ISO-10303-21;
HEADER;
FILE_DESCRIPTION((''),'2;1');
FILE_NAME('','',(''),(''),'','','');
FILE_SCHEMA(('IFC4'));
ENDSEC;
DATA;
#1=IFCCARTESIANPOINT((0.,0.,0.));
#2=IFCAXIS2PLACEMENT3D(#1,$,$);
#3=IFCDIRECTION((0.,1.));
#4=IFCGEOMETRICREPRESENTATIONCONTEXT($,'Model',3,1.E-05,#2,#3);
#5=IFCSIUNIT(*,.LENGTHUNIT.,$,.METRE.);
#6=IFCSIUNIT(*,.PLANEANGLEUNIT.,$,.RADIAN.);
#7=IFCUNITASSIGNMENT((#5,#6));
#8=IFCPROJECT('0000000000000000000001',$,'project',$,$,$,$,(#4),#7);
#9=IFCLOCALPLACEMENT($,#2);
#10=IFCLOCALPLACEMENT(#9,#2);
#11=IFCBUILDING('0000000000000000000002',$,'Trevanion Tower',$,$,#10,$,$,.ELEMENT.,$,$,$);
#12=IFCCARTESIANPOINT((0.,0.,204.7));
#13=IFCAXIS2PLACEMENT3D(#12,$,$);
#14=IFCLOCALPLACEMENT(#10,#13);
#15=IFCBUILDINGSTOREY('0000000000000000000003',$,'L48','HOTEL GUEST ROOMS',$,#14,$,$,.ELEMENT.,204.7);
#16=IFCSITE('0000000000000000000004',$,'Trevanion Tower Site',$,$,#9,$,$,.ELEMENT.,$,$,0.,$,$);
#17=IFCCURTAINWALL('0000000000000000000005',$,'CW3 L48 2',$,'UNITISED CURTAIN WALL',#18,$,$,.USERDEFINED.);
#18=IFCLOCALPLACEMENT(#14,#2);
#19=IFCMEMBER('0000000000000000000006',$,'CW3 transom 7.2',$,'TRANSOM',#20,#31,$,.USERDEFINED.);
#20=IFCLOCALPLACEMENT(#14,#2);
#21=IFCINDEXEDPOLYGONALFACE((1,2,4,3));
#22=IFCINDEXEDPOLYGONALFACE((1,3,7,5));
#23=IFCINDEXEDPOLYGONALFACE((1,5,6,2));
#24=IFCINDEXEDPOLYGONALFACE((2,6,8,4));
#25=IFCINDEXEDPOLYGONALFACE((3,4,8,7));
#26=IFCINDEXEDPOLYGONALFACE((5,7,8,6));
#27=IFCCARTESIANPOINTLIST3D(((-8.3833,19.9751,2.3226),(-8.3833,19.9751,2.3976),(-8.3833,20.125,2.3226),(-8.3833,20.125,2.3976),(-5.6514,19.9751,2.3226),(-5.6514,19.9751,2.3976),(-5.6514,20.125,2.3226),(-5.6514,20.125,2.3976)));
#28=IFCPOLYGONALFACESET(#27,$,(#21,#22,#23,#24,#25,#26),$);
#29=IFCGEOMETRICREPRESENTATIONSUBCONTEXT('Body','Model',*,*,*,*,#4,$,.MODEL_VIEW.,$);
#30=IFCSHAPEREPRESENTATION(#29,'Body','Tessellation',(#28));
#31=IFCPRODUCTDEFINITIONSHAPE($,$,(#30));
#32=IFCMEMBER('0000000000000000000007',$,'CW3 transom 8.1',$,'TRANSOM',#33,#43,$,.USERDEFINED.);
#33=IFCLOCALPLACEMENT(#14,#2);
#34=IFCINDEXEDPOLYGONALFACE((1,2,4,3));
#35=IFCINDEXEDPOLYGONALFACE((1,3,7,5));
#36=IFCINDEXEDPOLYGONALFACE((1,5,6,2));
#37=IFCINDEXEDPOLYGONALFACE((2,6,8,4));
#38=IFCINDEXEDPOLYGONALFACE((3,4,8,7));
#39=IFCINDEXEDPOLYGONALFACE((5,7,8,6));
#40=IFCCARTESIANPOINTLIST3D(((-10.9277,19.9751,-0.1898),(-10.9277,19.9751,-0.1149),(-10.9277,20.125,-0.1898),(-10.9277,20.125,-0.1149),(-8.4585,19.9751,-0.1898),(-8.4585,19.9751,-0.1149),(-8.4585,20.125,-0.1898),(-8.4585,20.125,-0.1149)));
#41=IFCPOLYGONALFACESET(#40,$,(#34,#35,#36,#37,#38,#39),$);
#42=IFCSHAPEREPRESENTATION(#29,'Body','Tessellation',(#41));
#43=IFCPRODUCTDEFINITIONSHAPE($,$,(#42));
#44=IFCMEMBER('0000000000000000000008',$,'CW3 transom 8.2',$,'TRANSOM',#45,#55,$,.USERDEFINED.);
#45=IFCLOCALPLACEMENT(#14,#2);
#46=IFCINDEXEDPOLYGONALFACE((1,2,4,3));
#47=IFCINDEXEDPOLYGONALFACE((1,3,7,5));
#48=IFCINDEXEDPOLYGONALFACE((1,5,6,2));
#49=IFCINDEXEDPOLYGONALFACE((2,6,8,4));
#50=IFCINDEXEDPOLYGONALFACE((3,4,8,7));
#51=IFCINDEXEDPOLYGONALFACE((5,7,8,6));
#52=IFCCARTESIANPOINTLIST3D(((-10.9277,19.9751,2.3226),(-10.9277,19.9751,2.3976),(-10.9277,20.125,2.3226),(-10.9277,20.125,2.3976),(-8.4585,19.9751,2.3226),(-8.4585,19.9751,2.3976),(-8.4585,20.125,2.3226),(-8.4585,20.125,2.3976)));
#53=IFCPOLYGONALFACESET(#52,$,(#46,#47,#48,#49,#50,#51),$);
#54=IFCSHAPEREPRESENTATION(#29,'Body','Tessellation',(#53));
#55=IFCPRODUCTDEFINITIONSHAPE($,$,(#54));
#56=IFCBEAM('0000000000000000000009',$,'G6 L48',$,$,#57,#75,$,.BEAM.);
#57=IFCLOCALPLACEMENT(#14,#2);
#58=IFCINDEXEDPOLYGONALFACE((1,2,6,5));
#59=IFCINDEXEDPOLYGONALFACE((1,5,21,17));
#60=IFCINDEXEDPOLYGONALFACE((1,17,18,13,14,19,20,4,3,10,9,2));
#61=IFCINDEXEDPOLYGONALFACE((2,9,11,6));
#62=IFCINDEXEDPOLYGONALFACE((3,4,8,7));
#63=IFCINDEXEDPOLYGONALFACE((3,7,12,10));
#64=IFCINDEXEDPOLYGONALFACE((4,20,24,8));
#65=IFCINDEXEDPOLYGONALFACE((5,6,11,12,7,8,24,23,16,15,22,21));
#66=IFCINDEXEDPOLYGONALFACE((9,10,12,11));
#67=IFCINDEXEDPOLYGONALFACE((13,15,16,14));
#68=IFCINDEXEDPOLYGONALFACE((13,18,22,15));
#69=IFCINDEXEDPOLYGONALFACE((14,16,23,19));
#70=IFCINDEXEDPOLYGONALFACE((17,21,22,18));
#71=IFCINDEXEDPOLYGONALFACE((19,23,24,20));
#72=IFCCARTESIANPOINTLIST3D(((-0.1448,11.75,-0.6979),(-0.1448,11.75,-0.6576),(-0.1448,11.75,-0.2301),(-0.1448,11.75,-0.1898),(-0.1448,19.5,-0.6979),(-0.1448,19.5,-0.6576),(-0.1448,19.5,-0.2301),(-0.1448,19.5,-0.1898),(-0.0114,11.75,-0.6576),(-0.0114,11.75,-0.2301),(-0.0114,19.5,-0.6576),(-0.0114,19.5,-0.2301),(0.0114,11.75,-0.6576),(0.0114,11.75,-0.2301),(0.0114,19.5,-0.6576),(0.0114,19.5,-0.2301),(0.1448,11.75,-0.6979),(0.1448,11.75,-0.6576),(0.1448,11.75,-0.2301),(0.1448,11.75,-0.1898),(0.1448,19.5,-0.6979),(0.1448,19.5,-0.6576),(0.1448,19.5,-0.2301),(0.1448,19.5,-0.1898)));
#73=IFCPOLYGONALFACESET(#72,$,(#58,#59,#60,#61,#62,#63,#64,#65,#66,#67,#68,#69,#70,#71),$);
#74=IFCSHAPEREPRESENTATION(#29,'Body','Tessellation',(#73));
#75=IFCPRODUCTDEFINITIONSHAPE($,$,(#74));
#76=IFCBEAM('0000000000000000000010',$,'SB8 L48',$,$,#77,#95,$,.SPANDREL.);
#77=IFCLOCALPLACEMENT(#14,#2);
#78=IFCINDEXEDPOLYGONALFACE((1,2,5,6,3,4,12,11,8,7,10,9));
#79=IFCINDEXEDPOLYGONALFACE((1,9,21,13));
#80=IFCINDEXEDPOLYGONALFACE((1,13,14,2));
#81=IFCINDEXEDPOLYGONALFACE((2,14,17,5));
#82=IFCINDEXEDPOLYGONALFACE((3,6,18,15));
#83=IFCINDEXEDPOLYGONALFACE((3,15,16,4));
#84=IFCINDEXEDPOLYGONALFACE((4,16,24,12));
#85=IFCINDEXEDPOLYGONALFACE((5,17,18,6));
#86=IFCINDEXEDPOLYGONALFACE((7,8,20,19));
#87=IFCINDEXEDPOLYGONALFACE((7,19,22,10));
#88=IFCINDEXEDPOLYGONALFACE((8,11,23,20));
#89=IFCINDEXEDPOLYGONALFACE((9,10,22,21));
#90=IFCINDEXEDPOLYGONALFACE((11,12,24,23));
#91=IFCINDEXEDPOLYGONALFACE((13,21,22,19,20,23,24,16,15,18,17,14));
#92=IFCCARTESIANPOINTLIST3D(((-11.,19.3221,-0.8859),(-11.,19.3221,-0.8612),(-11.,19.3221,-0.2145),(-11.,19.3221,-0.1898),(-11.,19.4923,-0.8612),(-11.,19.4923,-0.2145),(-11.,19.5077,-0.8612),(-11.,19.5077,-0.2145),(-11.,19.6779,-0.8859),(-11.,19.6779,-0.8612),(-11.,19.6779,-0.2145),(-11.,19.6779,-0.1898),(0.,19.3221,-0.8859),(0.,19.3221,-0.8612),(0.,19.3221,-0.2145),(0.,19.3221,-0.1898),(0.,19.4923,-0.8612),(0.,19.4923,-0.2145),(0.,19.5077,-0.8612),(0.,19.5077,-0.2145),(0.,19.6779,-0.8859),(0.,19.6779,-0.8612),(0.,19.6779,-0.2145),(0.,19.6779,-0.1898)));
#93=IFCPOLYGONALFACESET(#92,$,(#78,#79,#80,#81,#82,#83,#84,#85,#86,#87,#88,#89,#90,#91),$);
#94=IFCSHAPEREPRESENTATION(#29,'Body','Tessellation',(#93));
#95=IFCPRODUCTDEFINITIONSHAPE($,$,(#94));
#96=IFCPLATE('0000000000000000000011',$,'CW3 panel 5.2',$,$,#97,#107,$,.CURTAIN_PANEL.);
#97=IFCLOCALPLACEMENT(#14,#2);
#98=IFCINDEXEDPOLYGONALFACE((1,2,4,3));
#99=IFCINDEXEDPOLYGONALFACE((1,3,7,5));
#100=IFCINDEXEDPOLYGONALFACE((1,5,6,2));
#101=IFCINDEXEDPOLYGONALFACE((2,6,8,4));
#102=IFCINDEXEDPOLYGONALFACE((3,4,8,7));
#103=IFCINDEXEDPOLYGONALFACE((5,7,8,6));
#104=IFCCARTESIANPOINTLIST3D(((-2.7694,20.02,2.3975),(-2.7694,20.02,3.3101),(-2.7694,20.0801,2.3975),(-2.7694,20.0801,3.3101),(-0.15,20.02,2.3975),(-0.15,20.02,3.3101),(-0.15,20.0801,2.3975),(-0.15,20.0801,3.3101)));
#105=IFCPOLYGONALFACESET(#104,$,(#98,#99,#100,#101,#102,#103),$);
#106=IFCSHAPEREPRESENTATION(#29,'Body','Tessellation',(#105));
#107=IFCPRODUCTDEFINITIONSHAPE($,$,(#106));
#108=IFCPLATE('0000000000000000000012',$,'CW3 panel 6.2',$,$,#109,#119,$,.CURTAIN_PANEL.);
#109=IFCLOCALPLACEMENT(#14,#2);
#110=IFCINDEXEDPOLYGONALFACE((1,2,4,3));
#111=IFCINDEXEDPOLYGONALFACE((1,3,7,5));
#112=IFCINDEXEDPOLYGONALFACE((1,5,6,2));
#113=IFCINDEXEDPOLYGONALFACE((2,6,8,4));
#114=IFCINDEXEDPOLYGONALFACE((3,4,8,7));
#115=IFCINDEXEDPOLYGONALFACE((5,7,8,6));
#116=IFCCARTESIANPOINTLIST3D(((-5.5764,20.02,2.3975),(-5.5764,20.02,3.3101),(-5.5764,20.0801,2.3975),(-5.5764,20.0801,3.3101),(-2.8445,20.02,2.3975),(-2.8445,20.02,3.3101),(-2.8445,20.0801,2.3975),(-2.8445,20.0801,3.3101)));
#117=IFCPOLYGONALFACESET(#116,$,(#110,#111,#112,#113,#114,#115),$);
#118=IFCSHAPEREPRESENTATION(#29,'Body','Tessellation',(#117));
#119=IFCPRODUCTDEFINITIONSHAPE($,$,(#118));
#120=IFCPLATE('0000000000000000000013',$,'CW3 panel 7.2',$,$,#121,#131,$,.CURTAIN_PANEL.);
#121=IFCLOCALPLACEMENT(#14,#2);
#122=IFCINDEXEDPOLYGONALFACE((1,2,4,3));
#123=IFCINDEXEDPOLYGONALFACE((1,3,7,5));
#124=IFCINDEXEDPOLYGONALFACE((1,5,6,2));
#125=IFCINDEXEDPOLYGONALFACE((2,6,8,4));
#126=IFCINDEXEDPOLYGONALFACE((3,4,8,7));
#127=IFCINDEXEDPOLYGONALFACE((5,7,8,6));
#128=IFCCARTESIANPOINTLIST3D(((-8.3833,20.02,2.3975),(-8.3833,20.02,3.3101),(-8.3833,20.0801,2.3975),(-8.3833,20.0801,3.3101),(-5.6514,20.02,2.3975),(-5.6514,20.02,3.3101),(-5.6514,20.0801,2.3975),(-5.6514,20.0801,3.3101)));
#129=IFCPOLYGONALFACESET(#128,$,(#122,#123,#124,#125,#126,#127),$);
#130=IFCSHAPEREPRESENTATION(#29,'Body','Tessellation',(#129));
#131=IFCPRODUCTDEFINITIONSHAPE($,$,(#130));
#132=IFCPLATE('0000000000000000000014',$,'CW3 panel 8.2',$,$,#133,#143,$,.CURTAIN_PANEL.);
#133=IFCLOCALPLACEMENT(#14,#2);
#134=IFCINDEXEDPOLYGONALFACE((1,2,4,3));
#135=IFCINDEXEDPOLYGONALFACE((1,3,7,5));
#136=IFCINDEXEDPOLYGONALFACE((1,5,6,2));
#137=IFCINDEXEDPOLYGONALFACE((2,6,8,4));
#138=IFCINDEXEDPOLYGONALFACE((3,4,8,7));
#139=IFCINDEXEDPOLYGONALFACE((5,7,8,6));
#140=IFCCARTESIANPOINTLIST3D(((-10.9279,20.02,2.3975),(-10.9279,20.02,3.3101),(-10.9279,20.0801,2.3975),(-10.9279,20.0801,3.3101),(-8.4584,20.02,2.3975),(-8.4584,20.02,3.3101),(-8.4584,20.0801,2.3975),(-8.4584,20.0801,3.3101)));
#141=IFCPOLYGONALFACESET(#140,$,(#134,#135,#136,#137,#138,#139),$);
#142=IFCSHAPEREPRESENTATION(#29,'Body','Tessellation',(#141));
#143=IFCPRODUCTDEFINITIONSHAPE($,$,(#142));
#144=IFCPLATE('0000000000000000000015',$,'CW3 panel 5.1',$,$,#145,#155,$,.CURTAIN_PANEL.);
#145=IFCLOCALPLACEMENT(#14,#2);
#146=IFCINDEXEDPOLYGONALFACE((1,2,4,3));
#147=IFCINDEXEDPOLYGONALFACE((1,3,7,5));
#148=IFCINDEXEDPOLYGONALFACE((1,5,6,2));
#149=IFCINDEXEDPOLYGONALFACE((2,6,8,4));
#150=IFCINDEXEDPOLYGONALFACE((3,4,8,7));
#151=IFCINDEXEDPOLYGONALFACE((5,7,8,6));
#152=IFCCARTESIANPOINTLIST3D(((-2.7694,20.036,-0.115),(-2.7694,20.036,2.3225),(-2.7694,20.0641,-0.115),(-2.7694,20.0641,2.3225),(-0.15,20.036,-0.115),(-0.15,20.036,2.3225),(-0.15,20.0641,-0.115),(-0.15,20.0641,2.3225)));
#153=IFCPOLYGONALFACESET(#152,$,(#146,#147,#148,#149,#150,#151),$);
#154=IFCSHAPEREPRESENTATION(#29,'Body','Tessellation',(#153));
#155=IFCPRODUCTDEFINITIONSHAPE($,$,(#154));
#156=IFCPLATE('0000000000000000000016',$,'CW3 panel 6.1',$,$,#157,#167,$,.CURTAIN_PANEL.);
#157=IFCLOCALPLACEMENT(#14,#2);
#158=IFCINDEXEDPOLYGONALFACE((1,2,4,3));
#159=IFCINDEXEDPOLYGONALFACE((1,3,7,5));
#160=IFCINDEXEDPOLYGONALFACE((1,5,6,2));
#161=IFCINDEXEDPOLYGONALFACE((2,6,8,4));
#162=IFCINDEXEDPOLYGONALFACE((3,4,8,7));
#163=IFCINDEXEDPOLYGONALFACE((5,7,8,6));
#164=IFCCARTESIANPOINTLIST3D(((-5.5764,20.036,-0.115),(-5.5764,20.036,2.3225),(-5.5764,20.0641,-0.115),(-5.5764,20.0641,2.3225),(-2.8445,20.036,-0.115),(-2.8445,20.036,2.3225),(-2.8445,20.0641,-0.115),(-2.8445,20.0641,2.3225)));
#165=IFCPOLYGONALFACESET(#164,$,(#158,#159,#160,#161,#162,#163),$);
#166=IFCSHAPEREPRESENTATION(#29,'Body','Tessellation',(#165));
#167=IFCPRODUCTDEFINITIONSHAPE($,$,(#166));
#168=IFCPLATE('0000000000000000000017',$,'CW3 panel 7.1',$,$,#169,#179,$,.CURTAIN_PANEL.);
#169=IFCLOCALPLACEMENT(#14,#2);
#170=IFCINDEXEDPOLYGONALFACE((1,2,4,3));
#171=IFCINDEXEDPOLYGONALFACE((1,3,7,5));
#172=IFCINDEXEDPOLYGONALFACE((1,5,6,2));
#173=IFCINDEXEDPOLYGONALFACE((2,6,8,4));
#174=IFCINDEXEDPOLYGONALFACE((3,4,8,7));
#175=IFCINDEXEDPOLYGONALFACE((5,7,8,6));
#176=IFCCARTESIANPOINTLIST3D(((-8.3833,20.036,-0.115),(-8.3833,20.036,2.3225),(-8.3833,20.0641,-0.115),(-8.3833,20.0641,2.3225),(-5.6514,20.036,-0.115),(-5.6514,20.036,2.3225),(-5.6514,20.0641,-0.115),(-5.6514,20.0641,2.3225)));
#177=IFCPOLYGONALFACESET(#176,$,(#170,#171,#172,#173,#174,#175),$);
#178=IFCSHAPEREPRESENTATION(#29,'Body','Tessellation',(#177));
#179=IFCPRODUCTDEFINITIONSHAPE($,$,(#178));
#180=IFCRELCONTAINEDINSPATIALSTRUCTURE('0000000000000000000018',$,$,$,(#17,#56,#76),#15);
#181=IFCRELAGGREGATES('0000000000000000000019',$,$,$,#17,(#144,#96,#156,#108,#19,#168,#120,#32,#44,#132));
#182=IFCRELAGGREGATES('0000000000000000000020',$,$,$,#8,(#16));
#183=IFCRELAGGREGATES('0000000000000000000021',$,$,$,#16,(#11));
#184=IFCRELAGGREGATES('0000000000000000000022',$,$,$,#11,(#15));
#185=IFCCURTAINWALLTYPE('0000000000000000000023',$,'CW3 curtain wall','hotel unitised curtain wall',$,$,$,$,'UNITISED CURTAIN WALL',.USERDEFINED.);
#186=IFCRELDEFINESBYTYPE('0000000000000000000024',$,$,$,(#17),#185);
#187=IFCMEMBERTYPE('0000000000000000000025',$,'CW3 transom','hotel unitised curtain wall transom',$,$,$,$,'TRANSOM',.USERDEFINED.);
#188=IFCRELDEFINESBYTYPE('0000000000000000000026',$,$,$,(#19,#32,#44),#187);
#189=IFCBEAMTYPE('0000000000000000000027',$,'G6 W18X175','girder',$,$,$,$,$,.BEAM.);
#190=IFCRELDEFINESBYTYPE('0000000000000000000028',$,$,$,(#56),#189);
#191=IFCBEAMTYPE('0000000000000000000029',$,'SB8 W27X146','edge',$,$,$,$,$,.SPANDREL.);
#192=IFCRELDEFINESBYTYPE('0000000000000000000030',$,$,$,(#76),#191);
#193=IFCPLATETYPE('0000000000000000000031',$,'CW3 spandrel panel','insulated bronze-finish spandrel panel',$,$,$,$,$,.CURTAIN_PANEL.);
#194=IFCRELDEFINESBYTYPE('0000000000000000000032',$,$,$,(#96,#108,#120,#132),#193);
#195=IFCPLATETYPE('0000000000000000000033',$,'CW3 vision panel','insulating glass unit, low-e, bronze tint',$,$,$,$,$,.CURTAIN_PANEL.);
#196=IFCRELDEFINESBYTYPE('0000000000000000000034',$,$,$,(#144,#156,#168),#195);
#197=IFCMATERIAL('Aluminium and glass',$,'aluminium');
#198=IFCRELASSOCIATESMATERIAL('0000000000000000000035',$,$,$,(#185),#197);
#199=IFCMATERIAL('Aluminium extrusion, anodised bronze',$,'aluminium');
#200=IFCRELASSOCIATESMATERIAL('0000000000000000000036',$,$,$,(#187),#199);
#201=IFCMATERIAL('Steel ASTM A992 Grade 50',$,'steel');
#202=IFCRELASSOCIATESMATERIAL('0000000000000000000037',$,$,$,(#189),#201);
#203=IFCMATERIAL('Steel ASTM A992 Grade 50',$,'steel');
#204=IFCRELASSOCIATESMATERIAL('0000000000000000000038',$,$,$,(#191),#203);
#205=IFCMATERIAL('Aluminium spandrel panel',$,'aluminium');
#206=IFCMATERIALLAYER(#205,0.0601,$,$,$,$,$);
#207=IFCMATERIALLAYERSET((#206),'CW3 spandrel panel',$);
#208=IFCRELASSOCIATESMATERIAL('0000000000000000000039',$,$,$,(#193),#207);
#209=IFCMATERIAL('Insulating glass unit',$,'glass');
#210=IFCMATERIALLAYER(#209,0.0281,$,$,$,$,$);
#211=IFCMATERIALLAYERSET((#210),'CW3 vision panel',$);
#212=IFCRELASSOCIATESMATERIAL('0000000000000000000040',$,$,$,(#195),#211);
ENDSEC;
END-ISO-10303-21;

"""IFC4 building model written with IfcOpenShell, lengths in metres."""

from ifc_helpers import new_model, si_unit, direction, frame, origin, origin_2d, place, context, subcontext, project, spatial, rectangle, i_section, extrude, material, layer, layer_set, material_profile, profile_set, type_object, element, aggregate, save


model = new_model("IFC4")

# Units and contexts
model_context = context("Model", 3, precision=1e-05, world=origin(), true_north=direction((0.0, 1.0)))
body_context = subcontext(model_context, "Body", "Model", "MODEL_VIEW")
ifc_project = project(units=[si_unit("LENGTHUNIT", "METRE"), si_unit("PLANEANGLEUNIT", "RADIAN")], contexts=[model_context])

# Site, building, storey
site_placement = place(None, origin())
site = spatial("IfcSite", under=ifc_project, at=site_placement, Name="Trevanion Tower Site", CompositionType="ELEMENT", RefElevation=0.0)
building_placement = place(site_placement, origin())
building = spatial("IfcBuilding", under=site, at=building_placement, Name="Trevanion Tower", CompositionType="ELEMENT")
storey_placement = place(building_placement, frame((0.0, 0.0, 204.7)))
storey = spatial("IfcBuildingStorey", under=building, at=storey_placement, Name="L48", Description="HOTEL GUEST ROOMS", CompositionType="ELEMENT", Elevation=204.7)

# Curtain wall, members
ifc_material_1 = material(Name="Aluminium and glass", Category="aluminium")
curtain_wall_type = type_object("IfcCurtainWallType", Name="CW3 curtain wall", Description="hotel unitised curtain wall", ElementType="UNITISED CURTAIN WALL", PredefinedType="USERDEFINED", material=ifc_material_1)
curtain_wall_placement = place(storey_placement, origin())
curtain_wall = element("IfcCurtainWall", 1, at=curtain_wall_placement, inside=storey, type_object=curtain_wall_type, Name="CW3 L48 2", ObjectType="UNITISED CURTAIN WALL", PredefinedType="USERDEFINED")
ifc_material_2 = material(Name="Aluminium extrusion, anodised bronze", Category="aluminium")
ifc_material_profile_1 = material_profile(ifc_material_2, rectangle(XDim=0.1499, YDim=0.075, at=origin_2d()), Name="CW3 transom")
ifc_profile_set_1 = profile_set([ifc_material_profile_1], Name="Aluminium extrusion, anodised bronze")
member_type_1 = type_object("IfcMemberType", Name="CW3 transom", Description="hotel unitised curtain wall transom", ElementType="TRANSOM", PredefinedType="USERDEFINED", material=ifc_profile_set_1)
member_1_placement = place(storey_placement, frame((-5.6514, 20.05, 2.3601), z_axis=(-1.0, 0.0, 0.0), x_axis=(0.0, -1.0, 0.0)))
member_1 = element("IfcMember", 2, at=member_1_placement, type_object=member_type_1, Name="CW3 transom 7.2", ObjectType="TRANSOM", PredefinedType="USERDEFINED", context=body_context, shape_type="SweptSolid", body=[
    extrude(rectangle(XDim=0.1499, YDim=0.075, at=origin_2d()), origin(), (0.0, 0.0, 1.0), 2.7319),
])
member_2_placement = place(storey_placement, frame((-8.4585, 20.05, -0.1523), z_axis=(-1.0, 0.0, 0.0), x_axis=(0.0, -1.0, 0.0)))
member_2 = element("IfcMember", 3, at=member_2_placement, type_object=member_type_1, Name="CW3 transom 8.1", ObjectType="TRANSOM", PredefinedType="USERDEFINED", context=body_context, shape_type="SweptSolid", body=[
    extrude(rectangle(XDim=0.1499, YDim=0.075, at=origin_2d()), origin(), (0.0, 0.0, 1.0), 2.4692),
])
member_3_placement = place(storey_placement, frame((-8.4585, 20.05, 2.3601), z_axis=(-1.0, 0.0, 0.0), x_axis=(0.0, -1.0, 0.0)))
member_3 = element("IfcMember", 4, at=member_3_placement, type_object=member_type_1, Name="CW3 transom 8.2", ObjectType="TRANSOM", PredefinedType="USERDEFINED", context=body_context, shape_type="SweptSolid", body=[
    extrude(rectangle(XDim=0.1499, YDim=0.075, at=origin_2d()), origin(), (0.0, 0.0, 1.0), 2.4692),
])

# Beams
ifc_material_3 = material(Name="Steel ASTM A992 Grade 50", Category="steel")
ifc_material_profile_2 = material_profile(ifc_material_3, i_section(OverallWidth=0.2896, OverallDepth=0.5081, WebThickness=0.0227, FlangeThickness=0.0403, at=origin_2d()), Name="W18X175")
ifc_profile_set_2 = profile_set([ifc_material_profile_2], Name="Steel ASTM A992 Grade 50")
beam_type_1 = type_object("IfcBeamType", Name="G6 W18X175", Description="girder", PredefinedType="BEAM", material=ifc_profile_set_2)
beam_1_placement = place(storey_placement, frame((0.0, 11.75, -0.4438), z_axis=(0.0, 1.0, 0.0), x_axis=(-1.0, 0.0, 0.0)))
element("IfcBeam", 5, at=beam_1_placement, inside=storey, type_object=beam_type_1, Name="G6 L48", PredefinedType="BEAM", context=body_context, shape_type="SweptSolid", body=[
    extrude(i_section(OverallWidth=0.2896, OverallDepth=0.5081, WebThickness=0.0227, FlangeThickness=0.0403, at=origin_2d()), origin(), (0.0, 0.0, 1.0), 7.75),
])
ifc_material_4 = material(Name="Steel ASTM A992 Grade 50", Category="steel")
ifc_material_profile_3 = material_profile(ifc_material_4, i_section(OverallWidth=0.3557, OverallDepth=0.696, WebThickness=0.0154, FlangeThickness=0.0247, at=origin_2d()), Name="W27X146")
ifc_profile_set_3 = profile_set([ifc_material_profile_3], Name="Steel ASTM A992 Grade 50")
beam_type_2 = type_object("IfcBeamType", Name="SB8 W27X146", Description="edge", PredefinedType="SPANDREL", material=ifc_profile_set_3)
beam_2_placement = place(storey_placement, frame((0.0, 19.5, -0.5378), z_axis=(-1.0, 0.0, 0.0), x_axis=(0.0, -1.0, 0.0)))
element("IfcBeam", 6, at=beam_2_placement, inside=storey, type_object=beam_type_2, Name="SB8 L48", PredefinedType="SPANDREL", context=body_context, shape_type="SweptSolid", body=[
    extrude(i_section(OverallWidth=0.3557, OverallDepth=0.696, WebThickness=0.0154, FlangeThickness=0.0247, at=origin_2d()), origin(), (0.0, 0.0, 1.0), 11.0),
])

# Plates
ifc_material_5 = material(Name="Aluminium spandrel panel", Category="aluminium")
ifc_layer_1 = layer(ifc_material_5, 0.0601)
ifc_layer_set_1 = layer_set([ifc_layer_1], Name="CW3 spandrel panel")
plate_type_1 = type_object("IfcPlateType", Name="CW3 spandrel panel", Description="insulated bronze-finish spandrel panel", PredefinedType="CURTAIN_PANEL", material=ifc_layer_set_1)
plate_1_placement = place(storey_placement, frame((-1.4597, 20.05, 2.3975), z_axis=(0.0, 0.0, 1.0), x_axis=(-1.0, 0.0, 0.0)))
plate_1 = element("IfcPlate", 7, at=plate_1_placement, type_object=plate_type_1, Name="CW3 panel 5.2", PredefinedType="CURTAIN_PANEL", context=body_context, shape_type="SweptSolid", body=[
    extrude(rectangle(XDim=2.6194, YDim=0.0601, at=origin_2d()), origin(), (0.0, 0.0, 1.0), 0.9126),
])
plate_2_placement = place(storey_placement, frame((-4.2104, 20.05, 2.3975), z_axis=(0.0, 0.0, 1.0), x_axis=(-1.0, 0.0, 0.0)))
plate_2 = element("IfcPlate", 8, at=plate_2_placement, type_object=plate_type_1, Name="CW3 panel 6.2", PredefinedType="CURTAIN_PANEL", context=body_context, shape_type="SweptSolid", body=[
    extrude(rectangle(XDim=2.7319, YDim=0.0601, at=origin_2d()), origin(), (0.0, 0.0, 1.0), 0.9126),
])
plate_3_placement = place(storey_placement, frame((-7.0173, 20.05, 2.3975), z_axis=(0.0, 0.0, 1.0), x_axis=(-1.0, 0.0, 0.0)))
plate_3 = element("IfcPlate", 9, at=plate_3_placement, type_object=plate_type_1, Name="CW3 panel 7.2", PredefinedType="CURTAIN_PANEL", context=body_context, shape_type="SweptSolid", body=[
    extrude(rectangle(XDim=2.7319, YDim=0.0601, at=origin_2d()), origin(), (0.0, 0.0, 1.0), 0.9126),
])
plate_4_placement = place(storey_placement, frame((-9.6931, 20.05, 2.3975), z_axis=(0.0, 0.0, 1.0), x_axis=(-1.0, 0.0, 0.0)))
plate_4 = element("IfcPlate", 10, at=plate_4_placement, type_object=plate_type_1, Name="CW3 panel 8.2", PredefinedType="CURTAIN_PANEL", context=body_context, shape_type="SweptSolid", body=[
    extrude(rectangle(XDim=2.4695, YDim=0.0601, at=origin_2d()), origin(), (0.0, 0.0, 1.0), 0.9126),
])
ifc_material_6 = material(Name="Insulating glass unit", Category="glass")
ifc_layer_2 = layer(ifc_material_6, 0.0281)
ifc_layer_set_2 = layer_set([ifc_layer_2], Name="CW3 vision panel")
plate_type_2 = type_object("IfcPlateType", Name="CW3 vision panel", Description="insulating glass unit, low-e, bronze tint", PredefinedType="CURTAIN_PANEL", material=ifc_layer_set_2)
plate_5_placement = place(storey_placement, frame((-1.4597, 20.05, -0.115), z_axis=(0.0, 0.0, 1.0), x_axis=(-1.0, 0.0, 0.0)))
plate_5 = element("IfcPlate", 11, at=plate_5_placement, type_object=plate_type_2, Name="CW3 panel 5.1", PredefinedType="CURTAIN_PANEL", context=body_context, shape_type="SweptSolid", body=[
    extrude(rectangle(XDim=2.6194, YDim=0.0281, at=origin_2d()), origin(), (0.0, 0.0, 1.0), 2.4375),
])
plate_6_placement = place(storey_placement, frame((-4.2104, 20.05, -0.115), z_axis=(0.0, 0.0, 1.0), x_axis=(-1.0, 0.0, 0.0)))
plate_6 = element("IfcPlate", 12, at=plate_6_placement, type_object=plate_type_2, Name="CW3 panel 6.1", PredefinedType="CURTAIN_PANEL", context=body_context, shape_type="SweptSolid", body=[
    extrude(rectangle(XDim=2.7319, YDim=0.0281, at=origin_2d()), origin(), (0.0, 0.0, 1.0), 2.4375),
])
plate_7_placement = place(storey_placement, frame((-7.0173, 20.05, -0.115), z_axis=(0.0, 0.0, 1.0), x_axis=(-1.0, 0.0, 0.0)))
plate_7 = element("IfcPlate", 13, at=plate_7_placement, type_object=plate_type_2, Name="CW3 panel 7.1", PredefinedType="CURTAIN_PANEL", context=body_context, shape_type="SweptSolid", body=[
    extrude(rectangle(XDim=2.7319, YDim=0.0281, at=origin_2d()), origin(), (0.0, 0.0, 1.0), 2.4375),
])
aggregate(curtain_wall, [plate_5, plate_1, plate_6, plate_2, member_1, plate_7, plate_3, member_2, member_3, plate_4])

save(model, "model.ifc")
